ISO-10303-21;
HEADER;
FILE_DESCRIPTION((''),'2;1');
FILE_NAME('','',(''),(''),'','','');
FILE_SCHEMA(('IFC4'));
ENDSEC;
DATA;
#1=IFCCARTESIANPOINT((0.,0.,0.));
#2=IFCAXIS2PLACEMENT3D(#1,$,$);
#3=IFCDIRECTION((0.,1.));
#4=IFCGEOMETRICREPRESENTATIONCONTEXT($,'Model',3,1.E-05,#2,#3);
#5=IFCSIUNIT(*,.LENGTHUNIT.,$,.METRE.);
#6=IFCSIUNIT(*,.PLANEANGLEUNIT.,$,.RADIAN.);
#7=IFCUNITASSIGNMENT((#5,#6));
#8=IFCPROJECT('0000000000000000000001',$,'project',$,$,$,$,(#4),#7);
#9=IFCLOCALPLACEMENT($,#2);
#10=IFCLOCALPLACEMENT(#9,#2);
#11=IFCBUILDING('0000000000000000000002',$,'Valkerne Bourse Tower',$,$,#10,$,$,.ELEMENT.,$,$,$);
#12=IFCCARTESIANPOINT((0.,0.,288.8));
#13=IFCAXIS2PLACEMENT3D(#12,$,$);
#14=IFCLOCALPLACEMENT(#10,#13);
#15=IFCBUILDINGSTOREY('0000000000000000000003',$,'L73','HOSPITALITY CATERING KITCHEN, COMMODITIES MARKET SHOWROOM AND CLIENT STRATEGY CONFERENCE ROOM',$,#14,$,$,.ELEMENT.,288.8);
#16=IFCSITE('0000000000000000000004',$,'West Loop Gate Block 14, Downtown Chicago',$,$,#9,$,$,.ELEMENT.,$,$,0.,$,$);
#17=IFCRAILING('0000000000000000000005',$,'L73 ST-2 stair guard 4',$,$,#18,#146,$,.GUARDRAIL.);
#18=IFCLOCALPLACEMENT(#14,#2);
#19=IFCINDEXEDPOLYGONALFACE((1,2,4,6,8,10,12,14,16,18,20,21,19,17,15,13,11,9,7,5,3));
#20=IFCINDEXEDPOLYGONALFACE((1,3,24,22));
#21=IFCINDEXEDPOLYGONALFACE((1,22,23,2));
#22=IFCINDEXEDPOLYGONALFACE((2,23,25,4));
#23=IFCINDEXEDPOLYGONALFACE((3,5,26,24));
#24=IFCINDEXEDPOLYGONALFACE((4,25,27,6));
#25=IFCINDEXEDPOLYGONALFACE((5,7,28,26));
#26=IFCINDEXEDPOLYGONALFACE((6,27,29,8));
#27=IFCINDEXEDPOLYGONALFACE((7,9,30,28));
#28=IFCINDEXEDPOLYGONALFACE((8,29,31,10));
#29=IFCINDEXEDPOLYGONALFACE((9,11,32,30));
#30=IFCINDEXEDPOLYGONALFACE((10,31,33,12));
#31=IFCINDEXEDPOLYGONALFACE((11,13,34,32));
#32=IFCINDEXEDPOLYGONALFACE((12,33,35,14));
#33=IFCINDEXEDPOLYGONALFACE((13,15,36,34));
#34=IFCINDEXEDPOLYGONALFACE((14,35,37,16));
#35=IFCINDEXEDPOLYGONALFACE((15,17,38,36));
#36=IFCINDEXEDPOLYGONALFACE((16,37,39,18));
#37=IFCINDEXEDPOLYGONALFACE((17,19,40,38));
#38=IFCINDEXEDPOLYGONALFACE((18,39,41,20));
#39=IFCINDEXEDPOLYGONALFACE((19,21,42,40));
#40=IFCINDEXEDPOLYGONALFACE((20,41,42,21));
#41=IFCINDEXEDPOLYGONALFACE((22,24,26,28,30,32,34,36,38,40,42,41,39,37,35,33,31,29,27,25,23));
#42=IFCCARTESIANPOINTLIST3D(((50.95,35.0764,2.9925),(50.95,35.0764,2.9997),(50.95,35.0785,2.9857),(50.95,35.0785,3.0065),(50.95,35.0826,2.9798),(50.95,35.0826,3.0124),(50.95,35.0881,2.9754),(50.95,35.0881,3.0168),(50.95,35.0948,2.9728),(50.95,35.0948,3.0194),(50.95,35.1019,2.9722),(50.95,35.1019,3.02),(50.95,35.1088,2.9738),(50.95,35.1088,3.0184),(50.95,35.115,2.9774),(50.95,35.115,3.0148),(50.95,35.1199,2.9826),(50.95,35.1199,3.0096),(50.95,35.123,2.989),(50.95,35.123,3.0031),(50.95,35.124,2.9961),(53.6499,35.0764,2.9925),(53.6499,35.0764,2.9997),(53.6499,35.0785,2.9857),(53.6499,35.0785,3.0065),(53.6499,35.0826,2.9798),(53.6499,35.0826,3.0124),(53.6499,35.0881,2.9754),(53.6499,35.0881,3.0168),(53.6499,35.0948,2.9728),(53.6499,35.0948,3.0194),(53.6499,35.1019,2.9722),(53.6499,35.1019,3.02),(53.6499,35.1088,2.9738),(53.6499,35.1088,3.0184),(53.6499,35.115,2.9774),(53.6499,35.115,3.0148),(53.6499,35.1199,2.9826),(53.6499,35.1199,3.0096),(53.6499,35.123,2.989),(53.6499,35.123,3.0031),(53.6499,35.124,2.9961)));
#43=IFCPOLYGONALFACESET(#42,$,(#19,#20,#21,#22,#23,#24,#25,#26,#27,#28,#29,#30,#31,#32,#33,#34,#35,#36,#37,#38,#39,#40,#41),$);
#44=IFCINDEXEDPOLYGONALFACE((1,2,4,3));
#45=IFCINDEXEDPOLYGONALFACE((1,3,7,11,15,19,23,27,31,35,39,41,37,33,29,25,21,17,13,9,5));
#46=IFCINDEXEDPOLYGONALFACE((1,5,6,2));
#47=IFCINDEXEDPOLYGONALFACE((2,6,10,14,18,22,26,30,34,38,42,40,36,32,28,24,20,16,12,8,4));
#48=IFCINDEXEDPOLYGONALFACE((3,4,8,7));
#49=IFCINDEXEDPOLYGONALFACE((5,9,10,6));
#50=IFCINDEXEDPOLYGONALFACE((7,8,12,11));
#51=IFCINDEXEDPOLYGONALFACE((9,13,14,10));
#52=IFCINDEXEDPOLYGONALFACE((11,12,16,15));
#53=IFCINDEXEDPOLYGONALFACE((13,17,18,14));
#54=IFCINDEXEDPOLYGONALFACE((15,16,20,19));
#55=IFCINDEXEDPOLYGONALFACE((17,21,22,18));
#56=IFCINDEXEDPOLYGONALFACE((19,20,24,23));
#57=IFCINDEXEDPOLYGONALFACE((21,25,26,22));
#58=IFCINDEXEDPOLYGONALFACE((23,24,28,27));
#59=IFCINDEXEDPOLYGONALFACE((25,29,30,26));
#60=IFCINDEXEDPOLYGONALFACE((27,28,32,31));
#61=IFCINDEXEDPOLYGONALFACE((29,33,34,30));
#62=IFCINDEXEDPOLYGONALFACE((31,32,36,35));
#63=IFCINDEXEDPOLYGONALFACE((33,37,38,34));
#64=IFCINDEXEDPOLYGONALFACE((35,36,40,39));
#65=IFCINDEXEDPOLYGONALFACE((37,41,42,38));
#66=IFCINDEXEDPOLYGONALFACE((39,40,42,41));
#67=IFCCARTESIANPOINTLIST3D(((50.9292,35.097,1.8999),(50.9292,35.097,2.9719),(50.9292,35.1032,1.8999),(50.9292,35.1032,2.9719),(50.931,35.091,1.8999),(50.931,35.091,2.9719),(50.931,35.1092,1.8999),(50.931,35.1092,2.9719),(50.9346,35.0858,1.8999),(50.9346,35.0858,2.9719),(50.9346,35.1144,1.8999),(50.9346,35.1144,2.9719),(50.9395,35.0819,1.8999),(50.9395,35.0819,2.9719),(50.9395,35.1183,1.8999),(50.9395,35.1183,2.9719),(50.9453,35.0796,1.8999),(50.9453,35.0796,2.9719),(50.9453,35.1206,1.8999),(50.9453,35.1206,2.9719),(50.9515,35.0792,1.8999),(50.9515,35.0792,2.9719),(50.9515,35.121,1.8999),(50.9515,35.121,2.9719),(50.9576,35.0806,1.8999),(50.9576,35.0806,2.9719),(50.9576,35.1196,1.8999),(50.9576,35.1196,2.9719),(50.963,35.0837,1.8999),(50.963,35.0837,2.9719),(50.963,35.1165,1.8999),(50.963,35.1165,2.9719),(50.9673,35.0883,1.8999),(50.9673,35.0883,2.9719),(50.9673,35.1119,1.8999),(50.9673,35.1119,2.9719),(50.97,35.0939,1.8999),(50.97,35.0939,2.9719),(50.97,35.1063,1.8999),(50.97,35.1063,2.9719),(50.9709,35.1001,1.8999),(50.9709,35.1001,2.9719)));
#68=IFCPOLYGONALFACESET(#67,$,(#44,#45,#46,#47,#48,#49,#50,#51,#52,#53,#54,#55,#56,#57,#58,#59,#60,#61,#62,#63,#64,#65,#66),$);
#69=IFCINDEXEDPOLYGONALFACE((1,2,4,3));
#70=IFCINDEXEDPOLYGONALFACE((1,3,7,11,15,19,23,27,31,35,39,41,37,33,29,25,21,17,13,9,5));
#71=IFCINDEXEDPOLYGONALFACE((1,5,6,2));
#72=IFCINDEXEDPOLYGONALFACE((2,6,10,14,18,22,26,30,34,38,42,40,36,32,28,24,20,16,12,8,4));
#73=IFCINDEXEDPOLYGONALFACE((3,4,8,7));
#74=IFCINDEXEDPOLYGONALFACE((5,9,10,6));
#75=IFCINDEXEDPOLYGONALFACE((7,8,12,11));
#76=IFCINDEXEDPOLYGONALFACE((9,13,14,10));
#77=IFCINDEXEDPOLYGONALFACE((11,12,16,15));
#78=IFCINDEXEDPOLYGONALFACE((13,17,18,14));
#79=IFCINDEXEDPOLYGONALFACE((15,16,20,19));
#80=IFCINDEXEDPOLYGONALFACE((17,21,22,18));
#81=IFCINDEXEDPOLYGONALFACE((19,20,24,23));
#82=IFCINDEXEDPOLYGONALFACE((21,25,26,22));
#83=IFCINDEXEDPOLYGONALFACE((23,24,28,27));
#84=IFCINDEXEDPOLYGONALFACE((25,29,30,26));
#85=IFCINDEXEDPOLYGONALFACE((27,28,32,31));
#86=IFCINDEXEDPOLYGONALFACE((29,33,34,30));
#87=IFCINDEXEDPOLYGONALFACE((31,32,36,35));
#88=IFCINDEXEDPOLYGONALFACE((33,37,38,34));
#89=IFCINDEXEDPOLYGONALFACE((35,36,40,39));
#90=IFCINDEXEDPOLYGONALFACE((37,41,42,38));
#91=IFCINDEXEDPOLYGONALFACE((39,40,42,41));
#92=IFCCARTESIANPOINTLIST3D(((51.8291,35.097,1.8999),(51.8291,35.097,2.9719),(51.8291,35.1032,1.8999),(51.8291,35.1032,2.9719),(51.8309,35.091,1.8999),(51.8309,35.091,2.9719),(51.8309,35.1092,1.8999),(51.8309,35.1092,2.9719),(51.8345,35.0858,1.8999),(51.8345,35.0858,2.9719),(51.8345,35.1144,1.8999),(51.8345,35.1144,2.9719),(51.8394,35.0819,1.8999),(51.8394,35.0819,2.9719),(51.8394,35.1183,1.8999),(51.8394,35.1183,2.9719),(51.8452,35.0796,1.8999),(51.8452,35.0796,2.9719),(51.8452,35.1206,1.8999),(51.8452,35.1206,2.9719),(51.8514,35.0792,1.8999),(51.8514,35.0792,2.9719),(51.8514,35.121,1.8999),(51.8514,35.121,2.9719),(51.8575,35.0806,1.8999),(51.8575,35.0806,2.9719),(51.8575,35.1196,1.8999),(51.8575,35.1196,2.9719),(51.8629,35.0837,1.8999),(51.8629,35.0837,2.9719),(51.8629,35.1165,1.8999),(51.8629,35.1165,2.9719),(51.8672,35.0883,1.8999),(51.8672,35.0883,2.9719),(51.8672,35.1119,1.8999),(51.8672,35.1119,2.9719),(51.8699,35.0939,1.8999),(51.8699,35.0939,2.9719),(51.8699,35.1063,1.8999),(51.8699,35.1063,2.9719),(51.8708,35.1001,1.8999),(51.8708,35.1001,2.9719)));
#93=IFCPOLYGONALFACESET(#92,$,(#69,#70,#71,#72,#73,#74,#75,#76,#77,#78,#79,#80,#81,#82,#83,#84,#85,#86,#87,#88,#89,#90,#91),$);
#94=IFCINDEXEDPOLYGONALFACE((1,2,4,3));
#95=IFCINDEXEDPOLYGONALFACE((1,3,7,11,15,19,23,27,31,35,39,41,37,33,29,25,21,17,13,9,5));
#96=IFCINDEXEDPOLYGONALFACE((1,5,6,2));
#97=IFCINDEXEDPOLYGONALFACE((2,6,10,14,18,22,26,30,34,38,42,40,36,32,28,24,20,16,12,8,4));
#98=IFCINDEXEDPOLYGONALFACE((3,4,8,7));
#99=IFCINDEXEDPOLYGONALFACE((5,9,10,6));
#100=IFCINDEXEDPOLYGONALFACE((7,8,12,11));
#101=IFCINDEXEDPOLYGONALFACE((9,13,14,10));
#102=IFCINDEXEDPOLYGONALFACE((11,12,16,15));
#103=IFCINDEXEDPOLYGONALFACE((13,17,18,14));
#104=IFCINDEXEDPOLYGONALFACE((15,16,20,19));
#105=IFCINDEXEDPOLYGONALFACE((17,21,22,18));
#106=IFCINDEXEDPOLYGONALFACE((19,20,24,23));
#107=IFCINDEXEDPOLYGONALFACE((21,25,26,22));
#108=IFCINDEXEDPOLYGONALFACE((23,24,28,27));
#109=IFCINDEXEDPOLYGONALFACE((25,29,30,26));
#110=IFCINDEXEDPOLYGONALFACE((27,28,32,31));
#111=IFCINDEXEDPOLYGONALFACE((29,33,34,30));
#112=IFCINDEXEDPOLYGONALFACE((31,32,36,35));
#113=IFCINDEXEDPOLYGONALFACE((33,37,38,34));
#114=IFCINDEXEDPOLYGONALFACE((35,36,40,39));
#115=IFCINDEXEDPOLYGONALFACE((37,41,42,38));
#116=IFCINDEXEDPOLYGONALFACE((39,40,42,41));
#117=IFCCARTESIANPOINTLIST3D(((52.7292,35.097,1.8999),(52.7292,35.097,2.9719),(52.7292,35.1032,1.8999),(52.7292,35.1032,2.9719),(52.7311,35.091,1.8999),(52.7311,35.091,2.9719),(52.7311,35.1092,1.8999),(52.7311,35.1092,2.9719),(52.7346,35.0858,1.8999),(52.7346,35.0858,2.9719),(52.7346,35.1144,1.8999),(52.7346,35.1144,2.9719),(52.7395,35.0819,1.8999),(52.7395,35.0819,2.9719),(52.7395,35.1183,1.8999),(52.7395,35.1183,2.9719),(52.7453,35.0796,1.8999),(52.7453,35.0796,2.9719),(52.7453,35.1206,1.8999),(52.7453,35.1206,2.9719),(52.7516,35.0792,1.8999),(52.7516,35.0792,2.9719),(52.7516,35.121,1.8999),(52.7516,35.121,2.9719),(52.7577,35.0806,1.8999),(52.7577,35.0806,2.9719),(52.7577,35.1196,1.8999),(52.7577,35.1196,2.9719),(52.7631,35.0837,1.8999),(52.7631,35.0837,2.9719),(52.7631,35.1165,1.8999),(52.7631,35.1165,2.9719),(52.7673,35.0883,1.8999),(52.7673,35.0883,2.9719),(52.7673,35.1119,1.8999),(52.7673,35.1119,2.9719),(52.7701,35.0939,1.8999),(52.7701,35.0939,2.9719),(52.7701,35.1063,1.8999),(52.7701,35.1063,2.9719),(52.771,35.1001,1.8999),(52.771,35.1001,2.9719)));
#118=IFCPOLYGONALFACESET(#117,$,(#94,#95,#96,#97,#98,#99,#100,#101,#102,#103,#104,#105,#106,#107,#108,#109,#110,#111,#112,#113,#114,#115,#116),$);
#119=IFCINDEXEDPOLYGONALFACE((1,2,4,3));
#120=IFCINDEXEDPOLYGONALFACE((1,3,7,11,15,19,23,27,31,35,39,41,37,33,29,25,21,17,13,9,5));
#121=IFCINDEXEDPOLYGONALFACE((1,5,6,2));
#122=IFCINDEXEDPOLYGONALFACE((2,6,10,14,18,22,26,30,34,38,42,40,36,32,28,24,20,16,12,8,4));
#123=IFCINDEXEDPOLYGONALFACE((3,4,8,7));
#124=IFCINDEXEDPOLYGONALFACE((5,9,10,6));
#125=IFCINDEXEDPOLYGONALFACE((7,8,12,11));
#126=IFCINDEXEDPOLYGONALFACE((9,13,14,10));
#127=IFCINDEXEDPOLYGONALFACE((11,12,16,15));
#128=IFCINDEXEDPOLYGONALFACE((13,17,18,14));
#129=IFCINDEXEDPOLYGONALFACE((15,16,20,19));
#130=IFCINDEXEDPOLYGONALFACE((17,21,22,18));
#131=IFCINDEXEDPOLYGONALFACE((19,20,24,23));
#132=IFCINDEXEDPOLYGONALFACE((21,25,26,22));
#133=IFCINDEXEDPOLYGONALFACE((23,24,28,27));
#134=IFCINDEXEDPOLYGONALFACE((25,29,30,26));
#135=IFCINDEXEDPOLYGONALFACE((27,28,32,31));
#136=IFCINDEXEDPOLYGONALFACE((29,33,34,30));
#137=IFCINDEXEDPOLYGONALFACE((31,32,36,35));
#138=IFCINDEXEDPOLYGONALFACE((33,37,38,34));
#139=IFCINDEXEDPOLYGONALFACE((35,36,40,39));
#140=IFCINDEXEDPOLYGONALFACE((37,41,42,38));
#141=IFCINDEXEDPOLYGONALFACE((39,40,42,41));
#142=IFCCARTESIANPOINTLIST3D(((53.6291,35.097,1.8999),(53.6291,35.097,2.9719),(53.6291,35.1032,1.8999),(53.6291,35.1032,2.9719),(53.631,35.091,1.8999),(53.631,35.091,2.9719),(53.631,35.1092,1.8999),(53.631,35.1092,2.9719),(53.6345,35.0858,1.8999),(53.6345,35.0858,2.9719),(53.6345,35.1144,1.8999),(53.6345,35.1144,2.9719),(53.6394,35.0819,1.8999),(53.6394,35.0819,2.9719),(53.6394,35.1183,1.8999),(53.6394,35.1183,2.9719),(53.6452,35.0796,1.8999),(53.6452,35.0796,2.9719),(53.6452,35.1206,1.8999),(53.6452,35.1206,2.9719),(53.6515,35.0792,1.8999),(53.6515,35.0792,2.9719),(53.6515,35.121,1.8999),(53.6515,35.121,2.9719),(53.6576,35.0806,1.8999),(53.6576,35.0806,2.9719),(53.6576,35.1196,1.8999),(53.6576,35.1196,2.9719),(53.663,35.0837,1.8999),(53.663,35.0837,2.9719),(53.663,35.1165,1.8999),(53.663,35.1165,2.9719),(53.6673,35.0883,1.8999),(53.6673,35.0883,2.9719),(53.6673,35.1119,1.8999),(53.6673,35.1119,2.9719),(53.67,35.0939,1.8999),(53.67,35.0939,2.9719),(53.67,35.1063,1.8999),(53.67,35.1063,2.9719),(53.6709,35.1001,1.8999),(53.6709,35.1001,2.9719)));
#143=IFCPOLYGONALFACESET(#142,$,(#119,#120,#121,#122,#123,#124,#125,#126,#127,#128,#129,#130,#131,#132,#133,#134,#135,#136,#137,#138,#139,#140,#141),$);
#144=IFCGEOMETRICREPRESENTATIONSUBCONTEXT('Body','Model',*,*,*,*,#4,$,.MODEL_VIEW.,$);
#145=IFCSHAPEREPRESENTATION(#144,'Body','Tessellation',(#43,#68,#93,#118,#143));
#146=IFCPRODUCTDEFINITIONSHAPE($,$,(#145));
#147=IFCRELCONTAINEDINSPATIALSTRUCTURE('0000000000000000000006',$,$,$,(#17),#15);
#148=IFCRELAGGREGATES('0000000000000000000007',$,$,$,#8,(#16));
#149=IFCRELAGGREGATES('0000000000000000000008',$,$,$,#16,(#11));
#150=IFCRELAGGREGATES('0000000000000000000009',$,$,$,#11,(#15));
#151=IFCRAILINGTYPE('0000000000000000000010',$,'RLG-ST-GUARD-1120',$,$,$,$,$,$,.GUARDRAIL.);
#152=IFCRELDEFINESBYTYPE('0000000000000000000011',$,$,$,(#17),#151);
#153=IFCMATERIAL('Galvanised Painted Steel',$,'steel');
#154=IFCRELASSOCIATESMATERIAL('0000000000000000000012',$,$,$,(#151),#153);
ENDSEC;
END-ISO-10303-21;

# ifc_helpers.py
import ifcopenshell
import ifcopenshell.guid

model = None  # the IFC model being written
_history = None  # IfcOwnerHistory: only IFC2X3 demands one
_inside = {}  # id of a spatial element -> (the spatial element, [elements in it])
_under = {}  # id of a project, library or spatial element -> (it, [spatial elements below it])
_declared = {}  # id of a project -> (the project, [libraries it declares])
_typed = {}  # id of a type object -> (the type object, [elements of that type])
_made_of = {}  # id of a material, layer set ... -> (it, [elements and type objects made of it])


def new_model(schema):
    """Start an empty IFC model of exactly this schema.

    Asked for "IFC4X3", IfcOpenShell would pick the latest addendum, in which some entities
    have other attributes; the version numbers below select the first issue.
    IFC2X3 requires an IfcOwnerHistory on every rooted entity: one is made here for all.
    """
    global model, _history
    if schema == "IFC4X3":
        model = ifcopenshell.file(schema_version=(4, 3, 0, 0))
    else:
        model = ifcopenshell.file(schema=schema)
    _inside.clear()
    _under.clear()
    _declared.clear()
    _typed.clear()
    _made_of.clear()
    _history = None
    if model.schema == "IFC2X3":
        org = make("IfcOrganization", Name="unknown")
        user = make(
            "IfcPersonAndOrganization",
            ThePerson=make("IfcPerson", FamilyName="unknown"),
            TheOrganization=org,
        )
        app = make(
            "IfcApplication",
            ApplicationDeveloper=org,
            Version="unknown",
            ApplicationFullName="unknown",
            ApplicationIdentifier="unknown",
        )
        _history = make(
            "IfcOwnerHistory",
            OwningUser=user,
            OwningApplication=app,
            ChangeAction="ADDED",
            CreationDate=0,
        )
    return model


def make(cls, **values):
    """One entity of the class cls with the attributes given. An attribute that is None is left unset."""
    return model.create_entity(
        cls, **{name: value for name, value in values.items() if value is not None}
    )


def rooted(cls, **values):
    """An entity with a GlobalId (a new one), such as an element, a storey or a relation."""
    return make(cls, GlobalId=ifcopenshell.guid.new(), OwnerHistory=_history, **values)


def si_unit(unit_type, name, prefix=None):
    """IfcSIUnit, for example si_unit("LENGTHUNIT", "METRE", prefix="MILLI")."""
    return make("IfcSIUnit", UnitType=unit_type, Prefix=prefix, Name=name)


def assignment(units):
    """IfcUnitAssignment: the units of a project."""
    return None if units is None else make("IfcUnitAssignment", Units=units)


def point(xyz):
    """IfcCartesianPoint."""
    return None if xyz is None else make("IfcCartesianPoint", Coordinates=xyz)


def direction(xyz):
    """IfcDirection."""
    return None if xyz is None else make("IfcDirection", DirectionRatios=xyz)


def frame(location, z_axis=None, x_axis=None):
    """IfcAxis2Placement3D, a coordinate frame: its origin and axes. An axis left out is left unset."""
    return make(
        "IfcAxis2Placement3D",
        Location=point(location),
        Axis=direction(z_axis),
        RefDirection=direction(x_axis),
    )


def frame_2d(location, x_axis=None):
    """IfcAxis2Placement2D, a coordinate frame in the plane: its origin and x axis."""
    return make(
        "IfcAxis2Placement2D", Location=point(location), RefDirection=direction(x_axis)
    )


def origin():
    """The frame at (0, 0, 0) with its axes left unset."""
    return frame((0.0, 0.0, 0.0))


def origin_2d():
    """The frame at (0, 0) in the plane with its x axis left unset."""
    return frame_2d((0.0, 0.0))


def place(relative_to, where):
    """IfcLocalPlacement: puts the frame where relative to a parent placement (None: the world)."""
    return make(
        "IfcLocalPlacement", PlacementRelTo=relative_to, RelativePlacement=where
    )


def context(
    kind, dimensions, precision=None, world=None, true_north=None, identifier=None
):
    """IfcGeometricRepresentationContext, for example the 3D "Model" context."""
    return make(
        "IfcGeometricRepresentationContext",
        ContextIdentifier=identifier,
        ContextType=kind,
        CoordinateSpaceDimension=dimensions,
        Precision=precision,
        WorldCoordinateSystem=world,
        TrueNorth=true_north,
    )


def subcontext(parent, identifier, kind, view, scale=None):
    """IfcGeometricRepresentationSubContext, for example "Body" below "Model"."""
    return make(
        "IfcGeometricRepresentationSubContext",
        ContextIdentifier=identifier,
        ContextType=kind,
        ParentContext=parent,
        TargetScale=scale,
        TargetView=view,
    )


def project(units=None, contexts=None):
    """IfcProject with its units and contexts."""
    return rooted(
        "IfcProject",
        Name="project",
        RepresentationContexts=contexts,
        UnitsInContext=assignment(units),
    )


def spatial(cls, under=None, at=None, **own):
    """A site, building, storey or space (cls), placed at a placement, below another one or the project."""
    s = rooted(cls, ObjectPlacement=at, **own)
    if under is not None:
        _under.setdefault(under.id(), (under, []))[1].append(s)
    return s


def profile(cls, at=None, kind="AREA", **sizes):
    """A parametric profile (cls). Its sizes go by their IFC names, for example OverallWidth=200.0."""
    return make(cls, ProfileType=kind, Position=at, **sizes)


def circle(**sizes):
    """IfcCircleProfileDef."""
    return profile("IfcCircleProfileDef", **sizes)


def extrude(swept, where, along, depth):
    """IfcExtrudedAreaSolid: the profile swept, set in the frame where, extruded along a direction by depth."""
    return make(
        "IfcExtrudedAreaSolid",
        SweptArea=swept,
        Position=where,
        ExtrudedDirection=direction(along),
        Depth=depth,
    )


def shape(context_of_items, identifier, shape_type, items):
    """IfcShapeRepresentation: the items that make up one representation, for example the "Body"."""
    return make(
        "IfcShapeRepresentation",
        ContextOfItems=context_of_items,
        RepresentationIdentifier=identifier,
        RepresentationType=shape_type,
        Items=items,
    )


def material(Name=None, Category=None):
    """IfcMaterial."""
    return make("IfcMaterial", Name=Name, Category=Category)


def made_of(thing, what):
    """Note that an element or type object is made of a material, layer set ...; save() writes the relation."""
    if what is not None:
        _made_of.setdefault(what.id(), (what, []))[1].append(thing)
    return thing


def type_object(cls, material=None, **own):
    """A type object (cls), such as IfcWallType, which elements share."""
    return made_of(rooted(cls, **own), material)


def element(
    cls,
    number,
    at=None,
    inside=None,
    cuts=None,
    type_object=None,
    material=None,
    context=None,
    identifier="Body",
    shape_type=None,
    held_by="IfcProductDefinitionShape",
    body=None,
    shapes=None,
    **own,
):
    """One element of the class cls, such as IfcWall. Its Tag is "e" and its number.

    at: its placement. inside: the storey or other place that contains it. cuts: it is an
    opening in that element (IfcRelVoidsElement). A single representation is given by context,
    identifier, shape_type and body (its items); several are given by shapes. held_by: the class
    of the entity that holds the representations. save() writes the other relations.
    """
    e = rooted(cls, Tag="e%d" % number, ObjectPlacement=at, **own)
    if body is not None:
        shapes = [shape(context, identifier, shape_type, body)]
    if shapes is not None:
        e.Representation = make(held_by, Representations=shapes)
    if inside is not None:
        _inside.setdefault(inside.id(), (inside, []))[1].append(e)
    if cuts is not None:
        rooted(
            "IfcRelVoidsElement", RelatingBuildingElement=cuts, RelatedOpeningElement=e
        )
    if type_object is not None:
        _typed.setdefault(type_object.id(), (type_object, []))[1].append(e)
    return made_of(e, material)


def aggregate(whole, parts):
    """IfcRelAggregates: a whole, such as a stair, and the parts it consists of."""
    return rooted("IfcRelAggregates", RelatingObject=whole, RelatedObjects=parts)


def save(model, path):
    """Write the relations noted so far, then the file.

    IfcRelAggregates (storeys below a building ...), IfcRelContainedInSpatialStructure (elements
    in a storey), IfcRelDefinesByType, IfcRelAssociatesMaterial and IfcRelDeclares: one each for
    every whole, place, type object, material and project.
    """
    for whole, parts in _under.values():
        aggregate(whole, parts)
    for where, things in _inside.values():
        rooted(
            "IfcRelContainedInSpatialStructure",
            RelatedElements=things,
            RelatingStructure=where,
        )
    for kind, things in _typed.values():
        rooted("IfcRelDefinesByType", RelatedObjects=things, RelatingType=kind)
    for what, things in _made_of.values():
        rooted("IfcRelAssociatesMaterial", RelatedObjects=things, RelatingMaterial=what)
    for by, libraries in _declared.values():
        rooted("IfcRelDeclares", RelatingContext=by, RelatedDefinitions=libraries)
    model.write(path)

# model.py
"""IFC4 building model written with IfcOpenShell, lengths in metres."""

from ifc_helpers import new_model, si_unit, direction, frame, origin, origin_2d, place, context, subcontext, project, spatial, circle, extrude, material, type_object, element, save


model = new_model("IFC4")

# Units and contexts
model_context = context("Model", 3, precision=1e-05, world=origin(), true_north=direction((0.0, 1.0)))
body_context = subcontext(model_context, "Body", "Model", "MODEL_VIEW")
ifc_project = project(units=[si_unit("LENGTHUNIT", "METRE"), si_unit("PLANEANGLEUNIT", "RADIAN")], contexts=[model_context])

# Site, building, storey
site_placement = place(None, origin())
site = spatial("IfcSite", under=ifc_project, at=site_placement, Name="West Loop Gate Block 14, Downtown Chicago", CompositionType="ELEMENT", RefElevation=0.0)
building_placement = place(site_placement, origin())
building = spatial("IfcBuilding", under=site, at=building_placement, Name="Valkerne Bourse Tower", CompositionType="ELEMENT")
storey_placement = place(building_placement, frame((0.0, 0.0, 288.8)))
storey = spatial("IfcBuildingStorey", under=building, at=storey_placement, Name="L73", Description="HOSPITALITY CATERING KITCHEN, COMMODITIES MARKET SHOWROOM AND CLIENT STRATEGY CONFERENCE ROOM", CompositionType="ELEMENT", Elevation=288.8)

# Shared definitions
ifc_material_1 = material(Name="Galvanised Painted Steel", Category="steel")

# Railing
railing_type_1 = type_object("IfcRailingType", Name="RLG-ST-GUARD-1120", PredefinedType="GUARDRAIL", material=ifc_material_1)
for number, where, name in (
    (1, (50.95, 35.1001, 1.8999), "L73 ST-2 stair guard 4"),
):
    element("IfcRailing", number, at=place(storey_placement, frame(where)), inside=storey, type_object=railing_type_1, Name=name, PredefinedType="GUARDRAIL", context=body_context, shape_type="SweptSolid", body=[
        extrude(circle(Radius=0.0239, at=origin_2d()), frame((0.0, 0.0, 1.0962), z_axis=(1.0, 0.0, 0.0), x_axis=(0.0, 1.0, 0.0)), (0.0, 0.0, 1.0), 2.7),
        extrude(circle(Radius=0.021, at=origin_2d()), origin(), (0.0, 0.0, 1.0), 1.072),
        extrude(circle(Radius=0.021, at=origin_2d()), frame((0.8999, 0.0, 0.0)), (0.0, 0.0, 1.0), 1.072),
        extrude(circle(Radius=0.021, at=origin_2d()), frame((1.8, 0.0, 0.0)), (0.0, 0.0, 1.0), 1.072),
        extrude(circle(Radius=0.021, at=origin_2d()), frame((2.7, 0.0, 0.0)), (0.0, 0.0, 1.0), 1.072),
    ])

save(model, "model.ifc")
